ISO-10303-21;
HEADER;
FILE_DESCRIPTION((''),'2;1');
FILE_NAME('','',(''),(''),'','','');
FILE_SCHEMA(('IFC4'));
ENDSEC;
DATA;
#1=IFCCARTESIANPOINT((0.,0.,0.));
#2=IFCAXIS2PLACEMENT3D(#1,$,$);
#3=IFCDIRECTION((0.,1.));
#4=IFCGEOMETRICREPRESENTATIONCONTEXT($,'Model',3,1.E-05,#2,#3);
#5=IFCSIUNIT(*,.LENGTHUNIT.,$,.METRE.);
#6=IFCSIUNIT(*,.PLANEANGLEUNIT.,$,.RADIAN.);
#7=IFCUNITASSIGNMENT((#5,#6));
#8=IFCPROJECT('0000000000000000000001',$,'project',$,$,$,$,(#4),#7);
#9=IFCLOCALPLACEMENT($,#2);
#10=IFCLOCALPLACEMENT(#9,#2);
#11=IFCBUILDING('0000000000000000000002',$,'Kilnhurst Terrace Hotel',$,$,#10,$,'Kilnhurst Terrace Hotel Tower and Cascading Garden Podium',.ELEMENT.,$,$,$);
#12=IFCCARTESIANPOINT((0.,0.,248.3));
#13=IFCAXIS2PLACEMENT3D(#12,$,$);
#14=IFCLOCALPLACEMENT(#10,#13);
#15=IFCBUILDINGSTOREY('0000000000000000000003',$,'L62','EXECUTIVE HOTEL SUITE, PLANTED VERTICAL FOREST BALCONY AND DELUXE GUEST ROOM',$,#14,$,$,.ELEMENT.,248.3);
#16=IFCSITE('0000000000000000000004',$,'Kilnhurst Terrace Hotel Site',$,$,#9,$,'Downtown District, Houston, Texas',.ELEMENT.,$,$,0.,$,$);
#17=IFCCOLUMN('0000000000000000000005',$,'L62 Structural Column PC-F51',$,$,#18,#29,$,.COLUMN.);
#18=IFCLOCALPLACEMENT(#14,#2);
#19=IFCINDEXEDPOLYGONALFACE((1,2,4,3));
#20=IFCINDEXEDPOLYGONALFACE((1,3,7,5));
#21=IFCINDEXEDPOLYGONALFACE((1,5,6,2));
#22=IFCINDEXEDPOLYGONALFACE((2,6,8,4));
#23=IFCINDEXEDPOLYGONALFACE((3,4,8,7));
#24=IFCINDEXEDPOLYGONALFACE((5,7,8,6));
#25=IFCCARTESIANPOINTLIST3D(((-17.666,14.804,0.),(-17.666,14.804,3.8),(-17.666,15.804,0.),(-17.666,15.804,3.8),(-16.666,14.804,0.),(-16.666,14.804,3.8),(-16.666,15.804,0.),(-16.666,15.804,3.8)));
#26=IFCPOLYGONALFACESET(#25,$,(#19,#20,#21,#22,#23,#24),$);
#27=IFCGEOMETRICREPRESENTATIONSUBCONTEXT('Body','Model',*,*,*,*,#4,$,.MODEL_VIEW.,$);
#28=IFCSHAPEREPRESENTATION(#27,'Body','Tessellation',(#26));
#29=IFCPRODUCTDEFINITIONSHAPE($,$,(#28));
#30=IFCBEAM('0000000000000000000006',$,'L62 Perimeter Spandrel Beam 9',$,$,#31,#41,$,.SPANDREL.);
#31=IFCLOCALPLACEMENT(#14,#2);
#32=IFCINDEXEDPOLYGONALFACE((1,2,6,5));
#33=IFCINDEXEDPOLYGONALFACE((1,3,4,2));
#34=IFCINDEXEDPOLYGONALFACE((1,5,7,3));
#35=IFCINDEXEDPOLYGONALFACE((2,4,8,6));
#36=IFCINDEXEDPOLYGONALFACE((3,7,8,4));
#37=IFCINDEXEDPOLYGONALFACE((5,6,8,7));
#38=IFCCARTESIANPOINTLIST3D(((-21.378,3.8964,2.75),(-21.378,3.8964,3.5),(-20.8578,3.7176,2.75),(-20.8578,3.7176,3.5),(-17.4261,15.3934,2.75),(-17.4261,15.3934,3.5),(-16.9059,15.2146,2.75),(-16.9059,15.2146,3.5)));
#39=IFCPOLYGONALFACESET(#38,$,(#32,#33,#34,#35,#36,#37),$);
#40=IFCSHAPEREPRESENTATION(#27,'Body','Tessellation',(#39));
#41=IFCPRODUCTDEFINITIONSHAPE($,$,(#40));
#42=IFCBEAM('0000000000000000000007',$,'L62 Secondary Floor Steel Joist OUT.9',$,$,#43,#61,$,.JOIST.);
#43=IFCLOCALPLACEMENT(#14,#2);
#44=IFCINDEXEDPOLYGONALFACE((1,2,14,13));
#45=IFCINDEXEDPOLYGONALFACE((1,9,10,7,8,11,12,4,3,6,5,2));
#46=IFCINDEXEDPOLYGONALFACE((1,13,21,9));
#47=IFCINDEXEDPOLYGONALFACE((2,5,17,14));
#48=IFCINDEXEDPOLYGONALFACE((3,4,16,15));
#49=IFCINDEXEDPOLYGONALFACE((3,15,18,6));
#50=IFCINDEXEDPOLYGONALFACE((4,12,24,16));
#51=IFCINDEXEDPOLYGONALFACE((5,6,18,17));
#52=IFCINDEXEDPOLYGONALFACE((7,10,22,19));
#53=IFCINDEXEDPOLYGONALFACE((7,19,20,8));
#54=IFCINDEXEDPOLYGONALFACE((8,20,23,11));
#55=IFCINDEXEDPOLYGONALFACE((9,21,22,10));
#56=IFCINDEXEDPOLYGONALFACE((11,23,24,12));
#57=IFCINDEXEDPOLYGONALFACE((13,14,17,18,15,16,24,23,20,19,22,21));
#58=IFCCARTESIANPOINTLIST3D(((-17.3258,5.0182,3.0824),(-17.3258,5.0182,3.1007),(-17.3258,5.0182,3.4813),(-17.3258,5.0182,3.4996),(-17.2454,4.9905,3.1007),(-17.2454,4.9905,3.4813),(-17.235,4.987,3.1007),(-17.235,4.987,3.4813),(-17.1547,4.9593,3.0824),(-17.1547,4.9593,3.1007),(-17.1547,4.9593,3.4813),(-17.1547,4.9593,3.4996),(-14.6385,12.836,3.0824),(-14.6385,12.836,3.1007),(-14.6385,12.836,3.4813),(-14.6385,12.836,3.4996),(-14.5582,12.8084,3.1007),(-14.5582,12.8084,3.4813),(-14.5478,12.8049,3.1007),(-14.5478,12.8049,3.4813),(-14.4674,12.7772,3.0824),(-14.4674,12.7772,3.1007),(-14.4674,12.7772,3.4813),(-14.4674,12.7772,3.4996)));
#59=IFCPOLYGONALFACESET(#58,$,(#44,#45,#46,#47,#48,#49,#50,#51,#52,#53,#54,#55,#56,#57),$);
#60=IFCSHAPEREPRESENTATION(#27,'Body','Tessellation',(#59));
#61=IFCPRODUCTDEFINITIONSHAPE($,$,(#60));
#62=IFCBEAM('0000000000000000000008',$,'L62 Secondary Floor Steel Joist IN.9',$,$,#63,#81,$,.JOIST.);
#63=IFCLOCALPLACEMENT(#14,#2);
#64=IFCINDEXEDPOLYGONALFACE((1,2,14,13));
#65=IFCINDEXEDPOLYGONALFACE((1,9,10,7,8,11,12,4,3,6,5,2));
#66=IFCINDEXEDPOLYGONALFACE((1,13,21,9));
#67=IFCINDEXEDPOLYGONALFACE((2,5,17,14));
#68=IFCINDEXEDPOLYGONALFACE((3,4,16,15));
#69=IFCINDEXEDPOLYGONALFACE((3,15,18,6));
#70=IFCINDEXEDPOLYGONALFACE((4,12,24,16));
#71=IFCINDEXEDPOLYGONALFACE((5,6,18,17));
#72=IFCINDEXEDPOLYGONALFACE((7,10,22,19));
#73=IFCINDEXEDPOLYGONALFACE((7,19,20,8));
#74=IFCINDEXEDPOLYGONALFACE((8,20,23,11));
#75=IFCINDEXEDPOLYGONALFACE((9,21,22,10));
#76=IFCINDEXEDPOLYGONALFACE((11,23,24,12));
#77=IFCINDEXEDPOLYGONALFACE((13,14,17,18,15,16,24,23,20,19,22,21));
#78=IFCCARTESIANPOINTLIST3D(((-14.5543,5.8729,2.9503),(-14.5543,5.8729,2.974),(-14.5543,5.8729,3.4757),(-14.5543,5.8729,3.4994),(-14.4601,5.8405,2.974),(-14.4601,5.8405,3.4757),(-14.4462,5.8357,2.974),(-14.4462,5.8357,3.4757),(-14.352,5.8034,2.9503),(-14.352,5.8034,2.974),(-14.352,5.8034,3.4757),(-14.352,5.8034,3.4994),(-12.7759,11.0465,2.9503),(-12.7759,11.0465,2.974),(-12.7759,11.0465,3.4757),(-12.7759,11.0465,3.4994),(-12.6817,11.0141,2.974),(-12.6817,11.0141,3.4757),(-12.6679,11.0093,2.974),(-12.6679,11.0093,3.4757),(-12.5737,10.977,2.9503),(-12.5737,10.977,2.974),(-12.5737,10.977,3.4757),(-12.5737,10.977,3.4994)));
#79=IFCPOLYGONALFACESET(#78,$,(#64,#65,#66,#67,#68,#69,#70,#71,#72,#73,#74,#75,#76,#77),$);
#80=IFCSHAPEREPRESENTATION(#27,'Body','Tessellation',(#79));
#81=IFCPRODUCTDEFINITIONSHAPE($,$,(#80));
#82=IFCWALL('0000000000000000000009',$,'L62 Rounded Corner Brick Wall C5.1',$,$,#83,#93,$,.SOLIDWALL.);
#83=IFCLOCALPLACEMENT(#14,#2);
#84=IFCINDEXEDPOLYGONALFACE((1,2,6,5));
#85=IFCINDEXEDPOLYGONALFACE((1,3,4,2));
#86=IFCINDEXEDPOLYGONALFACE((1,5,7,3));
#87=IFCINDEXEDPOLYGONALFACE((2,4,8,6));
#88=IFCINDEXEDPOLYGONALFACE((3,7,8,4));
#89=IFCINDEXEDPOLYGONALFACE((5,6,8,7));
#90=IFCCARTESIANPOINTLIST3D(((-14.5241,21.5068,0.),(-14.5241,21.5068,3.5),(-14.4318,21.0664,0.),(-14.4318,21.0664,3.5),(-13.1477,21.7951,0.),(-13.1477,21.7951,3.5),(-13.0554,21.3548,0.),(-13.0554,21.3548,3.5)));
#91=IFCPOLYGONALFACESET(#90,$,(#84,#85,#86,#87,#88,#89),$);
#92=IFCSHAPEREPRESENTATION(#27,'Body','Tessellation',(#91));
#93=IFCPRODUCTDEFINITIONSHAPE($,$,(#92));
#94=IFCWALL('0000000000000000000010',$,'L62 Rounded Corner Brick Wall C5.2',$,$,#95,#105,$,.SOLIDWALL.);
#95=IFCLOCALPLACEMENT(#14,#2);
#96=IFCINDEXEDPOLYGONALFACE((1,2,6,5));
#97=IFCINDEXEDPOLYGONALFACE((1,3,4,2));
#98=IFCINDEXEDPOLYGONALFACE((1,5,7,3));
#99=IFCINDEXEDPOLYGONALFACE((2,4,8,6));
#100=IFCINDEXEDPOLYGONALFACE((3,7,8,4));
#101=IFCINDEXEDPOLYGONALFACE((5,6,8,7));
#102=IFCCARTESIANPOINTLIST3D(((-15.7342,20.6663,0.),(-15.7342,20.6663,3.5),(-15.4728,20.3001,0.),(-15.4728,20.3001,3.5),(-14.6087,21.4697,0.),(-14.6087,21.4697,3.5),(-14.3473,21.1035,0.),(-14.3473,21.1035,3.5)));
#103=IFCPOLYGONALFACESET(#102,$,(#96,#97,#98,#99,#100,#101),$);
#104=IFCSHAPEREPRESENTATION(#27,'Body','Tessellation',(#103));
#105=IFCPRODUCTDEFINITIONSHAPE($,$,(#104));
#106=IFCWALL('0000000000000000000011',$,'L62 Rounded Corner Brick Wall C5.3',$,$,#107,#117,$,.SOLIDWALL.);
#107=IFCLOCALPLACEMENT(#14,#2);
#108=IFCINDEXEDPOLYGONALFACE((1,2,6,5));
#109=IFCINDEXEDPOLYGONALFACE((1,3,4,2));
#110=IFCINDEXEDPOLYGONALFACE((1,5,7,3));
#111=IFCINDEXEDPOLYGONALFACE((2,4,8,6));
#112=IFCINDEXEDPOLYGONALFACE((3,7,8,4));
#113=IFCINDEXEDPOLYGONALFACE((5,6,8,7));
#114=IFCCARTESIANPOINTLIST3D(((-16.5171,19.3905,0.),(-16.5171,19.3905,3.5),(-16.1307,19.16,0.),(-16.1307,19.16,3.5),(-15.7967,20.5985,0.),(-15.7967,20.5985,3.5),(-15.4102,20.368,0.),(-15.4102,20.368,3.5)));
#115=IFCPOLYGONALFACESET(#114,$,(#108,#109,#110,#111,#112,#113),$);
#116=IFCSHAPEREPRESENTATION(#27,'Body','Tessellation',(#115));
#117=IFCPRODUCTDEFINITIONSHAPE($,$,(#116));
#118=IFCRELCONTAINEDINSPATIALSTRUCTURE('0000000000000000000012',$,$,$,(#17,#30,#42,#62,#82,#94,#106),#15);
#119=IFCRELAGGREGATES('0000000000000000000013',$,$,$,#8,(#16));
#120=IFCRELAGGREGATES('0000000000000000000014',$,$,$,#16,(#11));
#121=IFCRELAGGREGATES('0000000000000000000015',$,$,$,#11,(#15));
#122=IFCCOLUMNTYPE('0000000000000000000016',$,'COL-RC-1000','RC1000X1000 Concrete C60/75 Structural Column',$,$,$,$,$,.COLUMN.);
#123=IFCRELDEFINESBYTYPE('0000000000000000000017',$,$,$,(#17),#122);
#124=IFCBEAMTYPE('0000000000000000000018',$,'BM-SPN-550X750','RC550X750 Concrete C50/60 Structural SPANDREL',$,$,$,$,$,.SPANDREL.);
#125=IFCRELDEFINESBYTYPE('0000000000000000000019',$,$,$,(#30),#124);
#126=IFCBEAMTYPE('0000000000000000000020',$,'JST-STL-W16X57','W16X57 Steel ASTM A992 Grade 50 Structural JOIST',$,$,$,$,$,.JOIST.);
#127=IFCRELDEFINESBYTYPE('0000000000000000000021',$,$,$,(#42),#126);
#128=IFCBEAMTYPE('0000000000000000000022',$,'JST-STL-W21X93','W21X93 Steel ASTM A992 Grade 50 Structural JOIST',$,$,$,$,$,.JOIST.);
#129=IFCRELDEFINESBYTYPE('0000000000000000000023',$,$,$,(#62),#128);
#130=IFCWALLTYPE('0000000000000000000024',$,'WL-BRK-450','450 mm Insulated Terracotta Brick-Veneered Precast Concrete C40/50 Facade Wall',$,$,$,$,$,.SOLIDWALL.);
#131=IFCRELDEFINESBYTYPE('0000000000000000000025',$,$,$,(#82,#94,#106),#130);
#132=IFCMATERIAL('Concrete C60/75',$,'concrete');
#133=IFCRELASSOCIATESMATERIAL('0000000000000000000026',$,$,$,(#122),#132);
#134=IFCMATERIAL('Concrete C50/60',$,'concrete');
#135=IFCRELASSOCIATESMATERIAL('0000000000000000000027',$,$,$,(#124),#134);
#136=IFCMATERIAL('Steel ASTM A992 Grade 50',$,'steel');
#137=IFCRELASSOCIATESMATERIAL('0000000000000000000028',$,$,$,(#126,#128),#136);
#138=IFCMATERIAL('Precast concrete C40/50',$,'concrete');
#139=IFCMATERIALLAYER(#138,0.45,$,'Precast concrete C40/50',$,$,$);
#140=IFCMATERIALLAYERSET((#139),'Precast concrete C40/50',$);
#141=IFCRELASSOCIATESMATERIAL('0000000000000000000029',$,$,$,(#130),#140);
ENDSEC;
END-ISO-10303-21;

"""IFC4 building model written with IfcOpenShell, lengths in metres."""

from ifc_helpers import new_model, si_unit, direction, frame, frame_2d, origin, origin_2d, place, context, subcontext, project, spatial, rectangle, i_section, extrude, material, layer, layer_set, material_profile, profile_set, type_object, element, save


model = new_model("IFC4")

# Units and contexts
model_context = context("Model", 3, precision=1e-05, world=origin(), true_north=direction((0.0, 1.0)))
body_context = subcontext(model_context, "Body", "Model", "MODEL_VIEW")
ifc_project = project(units=[si_unit("LENGTHUNIT", "METRE"), si_unit("PLANEANGLEUNIT", "RADIAN")], contexts=[model_context])

# Site, building, storey
site_placement = place(None, origin())
site = spatial("IfcSite", under=ifc_project, at=site_placement, Name="Kilnhurst Terrace Hotel Site", LongName="Downtown District, Houston, Texas", CompositionType="ELEMENT", RefElevation=0.0)
building_placement = place(site_placement, origin())
building = spatial("IfcBuilding", under=site, at=building_placement, Name="Kilnhurst Terrace Hotel", LongName="Kilnhurst Terrace Hotel Tower and Cascading Garden Podium", CompositionType="ELEMENT")
storey_placement = place(building_placement, frame((0.0, 0.0, 248.3)))
storey = spatial("IfcBuildingStorey", under=building, at=storey_placement, Name="L62", Description="EXECUTIVE HOTEL SUITE, PLANTED VERTICAL FOREST BALCONY AND DELUXE GUEST ROOM", CompositionType="ELEMENT", Elevation=248.3)

# Column
ifc_material_1 = material(Name="Concrete C60/75", Category="concrete")
ifc_material_profile_1 = material_profile(ifc_material_1, rectangle(XDim=1.0, YDim=1.0, at=origin_2d()), Name="RC1000X1000")
ifc_profile_set_1 = profile_set([ifc_material_profile_1], Name="Concrete C60/75")
column_type = type_object("IfcColumnType", Name="COL-RC-1000", Description="RC1000X1000 Concrete C60/75 Structural Column", PredefinedType="COLUMN", material=ifc_profile_set_1)
column_placement = place(storey_placement, frame((-17.166, 15.304, 0.0), z_axis=(0.0, 0.0, 1.0), x_axis=(1.0, 0.0, 0.0)))
element("IfcColumn", 1, at=column_placement, inside=storey, type_object=column_type, Name="L62 Structural Column PC-F51", PredefinedType="COLUMN", context=body_context, shape_type="SweptSolid", body=[
    extrude(rectangle(XDim=1.0, YDim=1.0, at=origin_2d()), origin(), (0.0, 0.0, 1.0), 3.8),
])

# Beams
ifc_material_2 = material(Name="Concrete C50/60", Category="concrete")
ifc_material_profile_2 = material_profile(ifc_material_2, rectangle(XDim=0.55, YDim=0.75, at=origin_2d()), Name="RC550X750")
ifc_profile_set_2 = profile_set([ifc_material_profile_2], Name="Concrete C50/60")
beam_type_1 = type_object("IfcBeamType", Name="BM-SPN-550X750", Description="RC550X750 Concrete C50/60 Structural SPANDREL", PredefinedType="SPANDREL", material=ifc_profile_set_2)
beam_1_placement = place(storey_placement, frame((-17.166, 15.304, 3.125), z_axis=(-0.325064, -0.945692, 0.0), x_axis=(0.945692, -0.325064, 0.0)))
element("IfcBeam", 2, at=beam_1_placement, inside=storey, type_object=beam_type_1, Name="L62 Perimeter Spandrel Beam 9", PredefinedType="SPANDREL", context=body_context, shape_type="SweptSolid", body=[
    extrude(rectangle(XDim=0.55, YDim=0.75, at=origin_2d()), origin(), (0.0, 0.0, 1.0), 12.1572),
])
ifc_material_3 = material(Name="Steel ASTM A992 Grade 50", Category="steel")
ifc_material_profile_3 = material_profile(ifc_material_3, i_section(OverallWidth=0.1809, OverallDepth=0.4172, WebThickness=0.011, FlangeThickness=0.0183, at=origin_2d()), Name="W16X57")
ifc_profile_set_3 = profile_set([ifc_material_profile_3], Name="Steel ASTM A992 Grade 50")
beam_type_2 = type_object("IfcBeamType", Name="JST-STL-W16X57", Description="W16X57 Steel ASTM A992 Grade 50 Structural JOIST", PredefinedType="JOIST", material=ifc_profile_set_3)
beam_2_placement = place(storey_placement, frame((-14.553, 12.8066, 3.291), z_axis=(-0.325065, -0.945692, 0.0), x_axis=(0.945692, -0.325065, 0.0)))
element("IfcBeam", 3, at=beam_2_placement, inside=storey, type_object=beam_type_2, Name="L62 Secondary Floor Steel Joist OUT.9", PredefinedType="JOIST", context=body_context, shape_type="SweptSolid", body=[
    extrude(i_section(OverallWidth=0.1809, OverallDepth=0.4172, WebThickness=0.011, FlangeThickness=0.0183, at=origin_2d()), origin(), (0.0, 0.0, 1.0), 8.2668),
])
ifc_material_profile_4 = material_profile(ifc_material_3, i_section(OverallWidth=0.2139, OverallDepth=0.5491, WebThickness=0.0146, FlangeThickness=0.0237, at=origin_2d()), Name="W21X93")
ifc_profile_set_4 = profile_set([ifc_material_profile_4], Name="Steel ASTM A992 Grade 50")
beam_type_3 = type_object("IfcBeamType", Name="JST-STL-W21X93", Description="W21X93 Steel ASTM A992 Grade 50 Structural JOIST", PredefinedType="JOIST", material=ifc_profile_set_4)
beam_3_placement = place(storey_placement, frame((-12.6748, 11.0117, 3.2249), z_axis=(-0.325064, -0.945692, 0.0), x_axis=(0.945692, -0.325064, 0.0)))
element("IfcBeam", 4, at=beam_3_placement, inside=storey, type_object=beam_type_3, Name="L62 Secondary Floor Steel Joist IN.9", PredefinedType="JOIST", context=body_context, shape_type="SweptSolid", body=[
    extrude(i_section(OverallWidth=0.2139, OverallDepth=0.5491, WebThickness=0.0146, FlangeThickness=0.0237, at=origin_2d()), origin(), (0.0, 0.0, 1.0), 5.4707),
])

# Walls
ifc_material_4 = material(Name="Precast concrete C40/50", Category="concrete")
ifc_layer_1 = layer(ifc_material_4, 0.45, Name="Precast concrete C40/50")
ifc_layer_set_1 = layer_set([ifc_layer_1], Name="Precast concrete C40/50")
wall_type_1 = type_object("IfcWallType", Name="WL-BRK-450", Description="450 mm Insulated Terracotta Brick-Veneered Precast Concrete C40/50 Facade Wall", PredefinedType="SOLIDWALL", material=ifc_layer_set_1)
wall_1_placement = place(storey_placement, frame((-13.1016, 21.575, 0.0), z_axis=(0.0, 0.0, 1.0), x_axis=(-0.978757, -0.205022, 0.0)))
element("IfcWall", 5, at=wall_1_placement, inside=storey, type_object=wall_type_1, Name="L62 Rounded Corner Brick Wall C5.1", PredefinedType="SOLIDWALL", context=body_context, shape_type="SweptSolid", body=[
    extrude(rectangle(XDim=1.4062, YDim=0.45, at=frame_2d((0.7031, 0.0))), origin(), (0.0, 0.0, 1.0), 3.5),
])
wall_2_placement = place(storey_placement, frame((-14.478, 21.2866, 0.0), z_axis=(0.0, 0.0, 1.0), x_axis=(-0.813889, -0.581021, 0.0)))
element("IfcWall", 6, at=wall_2_placement, inside=storey, type_object=wall_type_1, Name="L62 Rounded Corner Brick Wall C5.2", PredefinedType="SOLIDWALL", context=body_context, shape_type="SweptSolid", body=[
    extrude(rectangle(XDim=1.3828, YDim=0.45, at=frame_2d((0.6914, 0.0))), origin(), (0.0, 0.0, 1.0), 3.5),
])
wall_3_placement = place(storey_placement, frame((-15.6035, 20.4832, 0.0), z_axis=(0.0, 0.0, 1.0), x_axis=(-0.512222, -0.858853, 0.0)))
element("IfcWall", 7, at=wall_3_placement, inside=storey, type_object=wall_type_1, Name="L62 Rounded Corner Brick Wall C5.3", PredefinedType="SOLIDWALL", context=body_context, shape_type="SweptSolid", body=[
    extrude(rectangle(XDim=1.4065, YDim=0.45, at=frame_2d((0.7031, 0.0))), origin(), (0.0, 0.0, 1.0), 3.5),
])

save(model, "model.ifc")
